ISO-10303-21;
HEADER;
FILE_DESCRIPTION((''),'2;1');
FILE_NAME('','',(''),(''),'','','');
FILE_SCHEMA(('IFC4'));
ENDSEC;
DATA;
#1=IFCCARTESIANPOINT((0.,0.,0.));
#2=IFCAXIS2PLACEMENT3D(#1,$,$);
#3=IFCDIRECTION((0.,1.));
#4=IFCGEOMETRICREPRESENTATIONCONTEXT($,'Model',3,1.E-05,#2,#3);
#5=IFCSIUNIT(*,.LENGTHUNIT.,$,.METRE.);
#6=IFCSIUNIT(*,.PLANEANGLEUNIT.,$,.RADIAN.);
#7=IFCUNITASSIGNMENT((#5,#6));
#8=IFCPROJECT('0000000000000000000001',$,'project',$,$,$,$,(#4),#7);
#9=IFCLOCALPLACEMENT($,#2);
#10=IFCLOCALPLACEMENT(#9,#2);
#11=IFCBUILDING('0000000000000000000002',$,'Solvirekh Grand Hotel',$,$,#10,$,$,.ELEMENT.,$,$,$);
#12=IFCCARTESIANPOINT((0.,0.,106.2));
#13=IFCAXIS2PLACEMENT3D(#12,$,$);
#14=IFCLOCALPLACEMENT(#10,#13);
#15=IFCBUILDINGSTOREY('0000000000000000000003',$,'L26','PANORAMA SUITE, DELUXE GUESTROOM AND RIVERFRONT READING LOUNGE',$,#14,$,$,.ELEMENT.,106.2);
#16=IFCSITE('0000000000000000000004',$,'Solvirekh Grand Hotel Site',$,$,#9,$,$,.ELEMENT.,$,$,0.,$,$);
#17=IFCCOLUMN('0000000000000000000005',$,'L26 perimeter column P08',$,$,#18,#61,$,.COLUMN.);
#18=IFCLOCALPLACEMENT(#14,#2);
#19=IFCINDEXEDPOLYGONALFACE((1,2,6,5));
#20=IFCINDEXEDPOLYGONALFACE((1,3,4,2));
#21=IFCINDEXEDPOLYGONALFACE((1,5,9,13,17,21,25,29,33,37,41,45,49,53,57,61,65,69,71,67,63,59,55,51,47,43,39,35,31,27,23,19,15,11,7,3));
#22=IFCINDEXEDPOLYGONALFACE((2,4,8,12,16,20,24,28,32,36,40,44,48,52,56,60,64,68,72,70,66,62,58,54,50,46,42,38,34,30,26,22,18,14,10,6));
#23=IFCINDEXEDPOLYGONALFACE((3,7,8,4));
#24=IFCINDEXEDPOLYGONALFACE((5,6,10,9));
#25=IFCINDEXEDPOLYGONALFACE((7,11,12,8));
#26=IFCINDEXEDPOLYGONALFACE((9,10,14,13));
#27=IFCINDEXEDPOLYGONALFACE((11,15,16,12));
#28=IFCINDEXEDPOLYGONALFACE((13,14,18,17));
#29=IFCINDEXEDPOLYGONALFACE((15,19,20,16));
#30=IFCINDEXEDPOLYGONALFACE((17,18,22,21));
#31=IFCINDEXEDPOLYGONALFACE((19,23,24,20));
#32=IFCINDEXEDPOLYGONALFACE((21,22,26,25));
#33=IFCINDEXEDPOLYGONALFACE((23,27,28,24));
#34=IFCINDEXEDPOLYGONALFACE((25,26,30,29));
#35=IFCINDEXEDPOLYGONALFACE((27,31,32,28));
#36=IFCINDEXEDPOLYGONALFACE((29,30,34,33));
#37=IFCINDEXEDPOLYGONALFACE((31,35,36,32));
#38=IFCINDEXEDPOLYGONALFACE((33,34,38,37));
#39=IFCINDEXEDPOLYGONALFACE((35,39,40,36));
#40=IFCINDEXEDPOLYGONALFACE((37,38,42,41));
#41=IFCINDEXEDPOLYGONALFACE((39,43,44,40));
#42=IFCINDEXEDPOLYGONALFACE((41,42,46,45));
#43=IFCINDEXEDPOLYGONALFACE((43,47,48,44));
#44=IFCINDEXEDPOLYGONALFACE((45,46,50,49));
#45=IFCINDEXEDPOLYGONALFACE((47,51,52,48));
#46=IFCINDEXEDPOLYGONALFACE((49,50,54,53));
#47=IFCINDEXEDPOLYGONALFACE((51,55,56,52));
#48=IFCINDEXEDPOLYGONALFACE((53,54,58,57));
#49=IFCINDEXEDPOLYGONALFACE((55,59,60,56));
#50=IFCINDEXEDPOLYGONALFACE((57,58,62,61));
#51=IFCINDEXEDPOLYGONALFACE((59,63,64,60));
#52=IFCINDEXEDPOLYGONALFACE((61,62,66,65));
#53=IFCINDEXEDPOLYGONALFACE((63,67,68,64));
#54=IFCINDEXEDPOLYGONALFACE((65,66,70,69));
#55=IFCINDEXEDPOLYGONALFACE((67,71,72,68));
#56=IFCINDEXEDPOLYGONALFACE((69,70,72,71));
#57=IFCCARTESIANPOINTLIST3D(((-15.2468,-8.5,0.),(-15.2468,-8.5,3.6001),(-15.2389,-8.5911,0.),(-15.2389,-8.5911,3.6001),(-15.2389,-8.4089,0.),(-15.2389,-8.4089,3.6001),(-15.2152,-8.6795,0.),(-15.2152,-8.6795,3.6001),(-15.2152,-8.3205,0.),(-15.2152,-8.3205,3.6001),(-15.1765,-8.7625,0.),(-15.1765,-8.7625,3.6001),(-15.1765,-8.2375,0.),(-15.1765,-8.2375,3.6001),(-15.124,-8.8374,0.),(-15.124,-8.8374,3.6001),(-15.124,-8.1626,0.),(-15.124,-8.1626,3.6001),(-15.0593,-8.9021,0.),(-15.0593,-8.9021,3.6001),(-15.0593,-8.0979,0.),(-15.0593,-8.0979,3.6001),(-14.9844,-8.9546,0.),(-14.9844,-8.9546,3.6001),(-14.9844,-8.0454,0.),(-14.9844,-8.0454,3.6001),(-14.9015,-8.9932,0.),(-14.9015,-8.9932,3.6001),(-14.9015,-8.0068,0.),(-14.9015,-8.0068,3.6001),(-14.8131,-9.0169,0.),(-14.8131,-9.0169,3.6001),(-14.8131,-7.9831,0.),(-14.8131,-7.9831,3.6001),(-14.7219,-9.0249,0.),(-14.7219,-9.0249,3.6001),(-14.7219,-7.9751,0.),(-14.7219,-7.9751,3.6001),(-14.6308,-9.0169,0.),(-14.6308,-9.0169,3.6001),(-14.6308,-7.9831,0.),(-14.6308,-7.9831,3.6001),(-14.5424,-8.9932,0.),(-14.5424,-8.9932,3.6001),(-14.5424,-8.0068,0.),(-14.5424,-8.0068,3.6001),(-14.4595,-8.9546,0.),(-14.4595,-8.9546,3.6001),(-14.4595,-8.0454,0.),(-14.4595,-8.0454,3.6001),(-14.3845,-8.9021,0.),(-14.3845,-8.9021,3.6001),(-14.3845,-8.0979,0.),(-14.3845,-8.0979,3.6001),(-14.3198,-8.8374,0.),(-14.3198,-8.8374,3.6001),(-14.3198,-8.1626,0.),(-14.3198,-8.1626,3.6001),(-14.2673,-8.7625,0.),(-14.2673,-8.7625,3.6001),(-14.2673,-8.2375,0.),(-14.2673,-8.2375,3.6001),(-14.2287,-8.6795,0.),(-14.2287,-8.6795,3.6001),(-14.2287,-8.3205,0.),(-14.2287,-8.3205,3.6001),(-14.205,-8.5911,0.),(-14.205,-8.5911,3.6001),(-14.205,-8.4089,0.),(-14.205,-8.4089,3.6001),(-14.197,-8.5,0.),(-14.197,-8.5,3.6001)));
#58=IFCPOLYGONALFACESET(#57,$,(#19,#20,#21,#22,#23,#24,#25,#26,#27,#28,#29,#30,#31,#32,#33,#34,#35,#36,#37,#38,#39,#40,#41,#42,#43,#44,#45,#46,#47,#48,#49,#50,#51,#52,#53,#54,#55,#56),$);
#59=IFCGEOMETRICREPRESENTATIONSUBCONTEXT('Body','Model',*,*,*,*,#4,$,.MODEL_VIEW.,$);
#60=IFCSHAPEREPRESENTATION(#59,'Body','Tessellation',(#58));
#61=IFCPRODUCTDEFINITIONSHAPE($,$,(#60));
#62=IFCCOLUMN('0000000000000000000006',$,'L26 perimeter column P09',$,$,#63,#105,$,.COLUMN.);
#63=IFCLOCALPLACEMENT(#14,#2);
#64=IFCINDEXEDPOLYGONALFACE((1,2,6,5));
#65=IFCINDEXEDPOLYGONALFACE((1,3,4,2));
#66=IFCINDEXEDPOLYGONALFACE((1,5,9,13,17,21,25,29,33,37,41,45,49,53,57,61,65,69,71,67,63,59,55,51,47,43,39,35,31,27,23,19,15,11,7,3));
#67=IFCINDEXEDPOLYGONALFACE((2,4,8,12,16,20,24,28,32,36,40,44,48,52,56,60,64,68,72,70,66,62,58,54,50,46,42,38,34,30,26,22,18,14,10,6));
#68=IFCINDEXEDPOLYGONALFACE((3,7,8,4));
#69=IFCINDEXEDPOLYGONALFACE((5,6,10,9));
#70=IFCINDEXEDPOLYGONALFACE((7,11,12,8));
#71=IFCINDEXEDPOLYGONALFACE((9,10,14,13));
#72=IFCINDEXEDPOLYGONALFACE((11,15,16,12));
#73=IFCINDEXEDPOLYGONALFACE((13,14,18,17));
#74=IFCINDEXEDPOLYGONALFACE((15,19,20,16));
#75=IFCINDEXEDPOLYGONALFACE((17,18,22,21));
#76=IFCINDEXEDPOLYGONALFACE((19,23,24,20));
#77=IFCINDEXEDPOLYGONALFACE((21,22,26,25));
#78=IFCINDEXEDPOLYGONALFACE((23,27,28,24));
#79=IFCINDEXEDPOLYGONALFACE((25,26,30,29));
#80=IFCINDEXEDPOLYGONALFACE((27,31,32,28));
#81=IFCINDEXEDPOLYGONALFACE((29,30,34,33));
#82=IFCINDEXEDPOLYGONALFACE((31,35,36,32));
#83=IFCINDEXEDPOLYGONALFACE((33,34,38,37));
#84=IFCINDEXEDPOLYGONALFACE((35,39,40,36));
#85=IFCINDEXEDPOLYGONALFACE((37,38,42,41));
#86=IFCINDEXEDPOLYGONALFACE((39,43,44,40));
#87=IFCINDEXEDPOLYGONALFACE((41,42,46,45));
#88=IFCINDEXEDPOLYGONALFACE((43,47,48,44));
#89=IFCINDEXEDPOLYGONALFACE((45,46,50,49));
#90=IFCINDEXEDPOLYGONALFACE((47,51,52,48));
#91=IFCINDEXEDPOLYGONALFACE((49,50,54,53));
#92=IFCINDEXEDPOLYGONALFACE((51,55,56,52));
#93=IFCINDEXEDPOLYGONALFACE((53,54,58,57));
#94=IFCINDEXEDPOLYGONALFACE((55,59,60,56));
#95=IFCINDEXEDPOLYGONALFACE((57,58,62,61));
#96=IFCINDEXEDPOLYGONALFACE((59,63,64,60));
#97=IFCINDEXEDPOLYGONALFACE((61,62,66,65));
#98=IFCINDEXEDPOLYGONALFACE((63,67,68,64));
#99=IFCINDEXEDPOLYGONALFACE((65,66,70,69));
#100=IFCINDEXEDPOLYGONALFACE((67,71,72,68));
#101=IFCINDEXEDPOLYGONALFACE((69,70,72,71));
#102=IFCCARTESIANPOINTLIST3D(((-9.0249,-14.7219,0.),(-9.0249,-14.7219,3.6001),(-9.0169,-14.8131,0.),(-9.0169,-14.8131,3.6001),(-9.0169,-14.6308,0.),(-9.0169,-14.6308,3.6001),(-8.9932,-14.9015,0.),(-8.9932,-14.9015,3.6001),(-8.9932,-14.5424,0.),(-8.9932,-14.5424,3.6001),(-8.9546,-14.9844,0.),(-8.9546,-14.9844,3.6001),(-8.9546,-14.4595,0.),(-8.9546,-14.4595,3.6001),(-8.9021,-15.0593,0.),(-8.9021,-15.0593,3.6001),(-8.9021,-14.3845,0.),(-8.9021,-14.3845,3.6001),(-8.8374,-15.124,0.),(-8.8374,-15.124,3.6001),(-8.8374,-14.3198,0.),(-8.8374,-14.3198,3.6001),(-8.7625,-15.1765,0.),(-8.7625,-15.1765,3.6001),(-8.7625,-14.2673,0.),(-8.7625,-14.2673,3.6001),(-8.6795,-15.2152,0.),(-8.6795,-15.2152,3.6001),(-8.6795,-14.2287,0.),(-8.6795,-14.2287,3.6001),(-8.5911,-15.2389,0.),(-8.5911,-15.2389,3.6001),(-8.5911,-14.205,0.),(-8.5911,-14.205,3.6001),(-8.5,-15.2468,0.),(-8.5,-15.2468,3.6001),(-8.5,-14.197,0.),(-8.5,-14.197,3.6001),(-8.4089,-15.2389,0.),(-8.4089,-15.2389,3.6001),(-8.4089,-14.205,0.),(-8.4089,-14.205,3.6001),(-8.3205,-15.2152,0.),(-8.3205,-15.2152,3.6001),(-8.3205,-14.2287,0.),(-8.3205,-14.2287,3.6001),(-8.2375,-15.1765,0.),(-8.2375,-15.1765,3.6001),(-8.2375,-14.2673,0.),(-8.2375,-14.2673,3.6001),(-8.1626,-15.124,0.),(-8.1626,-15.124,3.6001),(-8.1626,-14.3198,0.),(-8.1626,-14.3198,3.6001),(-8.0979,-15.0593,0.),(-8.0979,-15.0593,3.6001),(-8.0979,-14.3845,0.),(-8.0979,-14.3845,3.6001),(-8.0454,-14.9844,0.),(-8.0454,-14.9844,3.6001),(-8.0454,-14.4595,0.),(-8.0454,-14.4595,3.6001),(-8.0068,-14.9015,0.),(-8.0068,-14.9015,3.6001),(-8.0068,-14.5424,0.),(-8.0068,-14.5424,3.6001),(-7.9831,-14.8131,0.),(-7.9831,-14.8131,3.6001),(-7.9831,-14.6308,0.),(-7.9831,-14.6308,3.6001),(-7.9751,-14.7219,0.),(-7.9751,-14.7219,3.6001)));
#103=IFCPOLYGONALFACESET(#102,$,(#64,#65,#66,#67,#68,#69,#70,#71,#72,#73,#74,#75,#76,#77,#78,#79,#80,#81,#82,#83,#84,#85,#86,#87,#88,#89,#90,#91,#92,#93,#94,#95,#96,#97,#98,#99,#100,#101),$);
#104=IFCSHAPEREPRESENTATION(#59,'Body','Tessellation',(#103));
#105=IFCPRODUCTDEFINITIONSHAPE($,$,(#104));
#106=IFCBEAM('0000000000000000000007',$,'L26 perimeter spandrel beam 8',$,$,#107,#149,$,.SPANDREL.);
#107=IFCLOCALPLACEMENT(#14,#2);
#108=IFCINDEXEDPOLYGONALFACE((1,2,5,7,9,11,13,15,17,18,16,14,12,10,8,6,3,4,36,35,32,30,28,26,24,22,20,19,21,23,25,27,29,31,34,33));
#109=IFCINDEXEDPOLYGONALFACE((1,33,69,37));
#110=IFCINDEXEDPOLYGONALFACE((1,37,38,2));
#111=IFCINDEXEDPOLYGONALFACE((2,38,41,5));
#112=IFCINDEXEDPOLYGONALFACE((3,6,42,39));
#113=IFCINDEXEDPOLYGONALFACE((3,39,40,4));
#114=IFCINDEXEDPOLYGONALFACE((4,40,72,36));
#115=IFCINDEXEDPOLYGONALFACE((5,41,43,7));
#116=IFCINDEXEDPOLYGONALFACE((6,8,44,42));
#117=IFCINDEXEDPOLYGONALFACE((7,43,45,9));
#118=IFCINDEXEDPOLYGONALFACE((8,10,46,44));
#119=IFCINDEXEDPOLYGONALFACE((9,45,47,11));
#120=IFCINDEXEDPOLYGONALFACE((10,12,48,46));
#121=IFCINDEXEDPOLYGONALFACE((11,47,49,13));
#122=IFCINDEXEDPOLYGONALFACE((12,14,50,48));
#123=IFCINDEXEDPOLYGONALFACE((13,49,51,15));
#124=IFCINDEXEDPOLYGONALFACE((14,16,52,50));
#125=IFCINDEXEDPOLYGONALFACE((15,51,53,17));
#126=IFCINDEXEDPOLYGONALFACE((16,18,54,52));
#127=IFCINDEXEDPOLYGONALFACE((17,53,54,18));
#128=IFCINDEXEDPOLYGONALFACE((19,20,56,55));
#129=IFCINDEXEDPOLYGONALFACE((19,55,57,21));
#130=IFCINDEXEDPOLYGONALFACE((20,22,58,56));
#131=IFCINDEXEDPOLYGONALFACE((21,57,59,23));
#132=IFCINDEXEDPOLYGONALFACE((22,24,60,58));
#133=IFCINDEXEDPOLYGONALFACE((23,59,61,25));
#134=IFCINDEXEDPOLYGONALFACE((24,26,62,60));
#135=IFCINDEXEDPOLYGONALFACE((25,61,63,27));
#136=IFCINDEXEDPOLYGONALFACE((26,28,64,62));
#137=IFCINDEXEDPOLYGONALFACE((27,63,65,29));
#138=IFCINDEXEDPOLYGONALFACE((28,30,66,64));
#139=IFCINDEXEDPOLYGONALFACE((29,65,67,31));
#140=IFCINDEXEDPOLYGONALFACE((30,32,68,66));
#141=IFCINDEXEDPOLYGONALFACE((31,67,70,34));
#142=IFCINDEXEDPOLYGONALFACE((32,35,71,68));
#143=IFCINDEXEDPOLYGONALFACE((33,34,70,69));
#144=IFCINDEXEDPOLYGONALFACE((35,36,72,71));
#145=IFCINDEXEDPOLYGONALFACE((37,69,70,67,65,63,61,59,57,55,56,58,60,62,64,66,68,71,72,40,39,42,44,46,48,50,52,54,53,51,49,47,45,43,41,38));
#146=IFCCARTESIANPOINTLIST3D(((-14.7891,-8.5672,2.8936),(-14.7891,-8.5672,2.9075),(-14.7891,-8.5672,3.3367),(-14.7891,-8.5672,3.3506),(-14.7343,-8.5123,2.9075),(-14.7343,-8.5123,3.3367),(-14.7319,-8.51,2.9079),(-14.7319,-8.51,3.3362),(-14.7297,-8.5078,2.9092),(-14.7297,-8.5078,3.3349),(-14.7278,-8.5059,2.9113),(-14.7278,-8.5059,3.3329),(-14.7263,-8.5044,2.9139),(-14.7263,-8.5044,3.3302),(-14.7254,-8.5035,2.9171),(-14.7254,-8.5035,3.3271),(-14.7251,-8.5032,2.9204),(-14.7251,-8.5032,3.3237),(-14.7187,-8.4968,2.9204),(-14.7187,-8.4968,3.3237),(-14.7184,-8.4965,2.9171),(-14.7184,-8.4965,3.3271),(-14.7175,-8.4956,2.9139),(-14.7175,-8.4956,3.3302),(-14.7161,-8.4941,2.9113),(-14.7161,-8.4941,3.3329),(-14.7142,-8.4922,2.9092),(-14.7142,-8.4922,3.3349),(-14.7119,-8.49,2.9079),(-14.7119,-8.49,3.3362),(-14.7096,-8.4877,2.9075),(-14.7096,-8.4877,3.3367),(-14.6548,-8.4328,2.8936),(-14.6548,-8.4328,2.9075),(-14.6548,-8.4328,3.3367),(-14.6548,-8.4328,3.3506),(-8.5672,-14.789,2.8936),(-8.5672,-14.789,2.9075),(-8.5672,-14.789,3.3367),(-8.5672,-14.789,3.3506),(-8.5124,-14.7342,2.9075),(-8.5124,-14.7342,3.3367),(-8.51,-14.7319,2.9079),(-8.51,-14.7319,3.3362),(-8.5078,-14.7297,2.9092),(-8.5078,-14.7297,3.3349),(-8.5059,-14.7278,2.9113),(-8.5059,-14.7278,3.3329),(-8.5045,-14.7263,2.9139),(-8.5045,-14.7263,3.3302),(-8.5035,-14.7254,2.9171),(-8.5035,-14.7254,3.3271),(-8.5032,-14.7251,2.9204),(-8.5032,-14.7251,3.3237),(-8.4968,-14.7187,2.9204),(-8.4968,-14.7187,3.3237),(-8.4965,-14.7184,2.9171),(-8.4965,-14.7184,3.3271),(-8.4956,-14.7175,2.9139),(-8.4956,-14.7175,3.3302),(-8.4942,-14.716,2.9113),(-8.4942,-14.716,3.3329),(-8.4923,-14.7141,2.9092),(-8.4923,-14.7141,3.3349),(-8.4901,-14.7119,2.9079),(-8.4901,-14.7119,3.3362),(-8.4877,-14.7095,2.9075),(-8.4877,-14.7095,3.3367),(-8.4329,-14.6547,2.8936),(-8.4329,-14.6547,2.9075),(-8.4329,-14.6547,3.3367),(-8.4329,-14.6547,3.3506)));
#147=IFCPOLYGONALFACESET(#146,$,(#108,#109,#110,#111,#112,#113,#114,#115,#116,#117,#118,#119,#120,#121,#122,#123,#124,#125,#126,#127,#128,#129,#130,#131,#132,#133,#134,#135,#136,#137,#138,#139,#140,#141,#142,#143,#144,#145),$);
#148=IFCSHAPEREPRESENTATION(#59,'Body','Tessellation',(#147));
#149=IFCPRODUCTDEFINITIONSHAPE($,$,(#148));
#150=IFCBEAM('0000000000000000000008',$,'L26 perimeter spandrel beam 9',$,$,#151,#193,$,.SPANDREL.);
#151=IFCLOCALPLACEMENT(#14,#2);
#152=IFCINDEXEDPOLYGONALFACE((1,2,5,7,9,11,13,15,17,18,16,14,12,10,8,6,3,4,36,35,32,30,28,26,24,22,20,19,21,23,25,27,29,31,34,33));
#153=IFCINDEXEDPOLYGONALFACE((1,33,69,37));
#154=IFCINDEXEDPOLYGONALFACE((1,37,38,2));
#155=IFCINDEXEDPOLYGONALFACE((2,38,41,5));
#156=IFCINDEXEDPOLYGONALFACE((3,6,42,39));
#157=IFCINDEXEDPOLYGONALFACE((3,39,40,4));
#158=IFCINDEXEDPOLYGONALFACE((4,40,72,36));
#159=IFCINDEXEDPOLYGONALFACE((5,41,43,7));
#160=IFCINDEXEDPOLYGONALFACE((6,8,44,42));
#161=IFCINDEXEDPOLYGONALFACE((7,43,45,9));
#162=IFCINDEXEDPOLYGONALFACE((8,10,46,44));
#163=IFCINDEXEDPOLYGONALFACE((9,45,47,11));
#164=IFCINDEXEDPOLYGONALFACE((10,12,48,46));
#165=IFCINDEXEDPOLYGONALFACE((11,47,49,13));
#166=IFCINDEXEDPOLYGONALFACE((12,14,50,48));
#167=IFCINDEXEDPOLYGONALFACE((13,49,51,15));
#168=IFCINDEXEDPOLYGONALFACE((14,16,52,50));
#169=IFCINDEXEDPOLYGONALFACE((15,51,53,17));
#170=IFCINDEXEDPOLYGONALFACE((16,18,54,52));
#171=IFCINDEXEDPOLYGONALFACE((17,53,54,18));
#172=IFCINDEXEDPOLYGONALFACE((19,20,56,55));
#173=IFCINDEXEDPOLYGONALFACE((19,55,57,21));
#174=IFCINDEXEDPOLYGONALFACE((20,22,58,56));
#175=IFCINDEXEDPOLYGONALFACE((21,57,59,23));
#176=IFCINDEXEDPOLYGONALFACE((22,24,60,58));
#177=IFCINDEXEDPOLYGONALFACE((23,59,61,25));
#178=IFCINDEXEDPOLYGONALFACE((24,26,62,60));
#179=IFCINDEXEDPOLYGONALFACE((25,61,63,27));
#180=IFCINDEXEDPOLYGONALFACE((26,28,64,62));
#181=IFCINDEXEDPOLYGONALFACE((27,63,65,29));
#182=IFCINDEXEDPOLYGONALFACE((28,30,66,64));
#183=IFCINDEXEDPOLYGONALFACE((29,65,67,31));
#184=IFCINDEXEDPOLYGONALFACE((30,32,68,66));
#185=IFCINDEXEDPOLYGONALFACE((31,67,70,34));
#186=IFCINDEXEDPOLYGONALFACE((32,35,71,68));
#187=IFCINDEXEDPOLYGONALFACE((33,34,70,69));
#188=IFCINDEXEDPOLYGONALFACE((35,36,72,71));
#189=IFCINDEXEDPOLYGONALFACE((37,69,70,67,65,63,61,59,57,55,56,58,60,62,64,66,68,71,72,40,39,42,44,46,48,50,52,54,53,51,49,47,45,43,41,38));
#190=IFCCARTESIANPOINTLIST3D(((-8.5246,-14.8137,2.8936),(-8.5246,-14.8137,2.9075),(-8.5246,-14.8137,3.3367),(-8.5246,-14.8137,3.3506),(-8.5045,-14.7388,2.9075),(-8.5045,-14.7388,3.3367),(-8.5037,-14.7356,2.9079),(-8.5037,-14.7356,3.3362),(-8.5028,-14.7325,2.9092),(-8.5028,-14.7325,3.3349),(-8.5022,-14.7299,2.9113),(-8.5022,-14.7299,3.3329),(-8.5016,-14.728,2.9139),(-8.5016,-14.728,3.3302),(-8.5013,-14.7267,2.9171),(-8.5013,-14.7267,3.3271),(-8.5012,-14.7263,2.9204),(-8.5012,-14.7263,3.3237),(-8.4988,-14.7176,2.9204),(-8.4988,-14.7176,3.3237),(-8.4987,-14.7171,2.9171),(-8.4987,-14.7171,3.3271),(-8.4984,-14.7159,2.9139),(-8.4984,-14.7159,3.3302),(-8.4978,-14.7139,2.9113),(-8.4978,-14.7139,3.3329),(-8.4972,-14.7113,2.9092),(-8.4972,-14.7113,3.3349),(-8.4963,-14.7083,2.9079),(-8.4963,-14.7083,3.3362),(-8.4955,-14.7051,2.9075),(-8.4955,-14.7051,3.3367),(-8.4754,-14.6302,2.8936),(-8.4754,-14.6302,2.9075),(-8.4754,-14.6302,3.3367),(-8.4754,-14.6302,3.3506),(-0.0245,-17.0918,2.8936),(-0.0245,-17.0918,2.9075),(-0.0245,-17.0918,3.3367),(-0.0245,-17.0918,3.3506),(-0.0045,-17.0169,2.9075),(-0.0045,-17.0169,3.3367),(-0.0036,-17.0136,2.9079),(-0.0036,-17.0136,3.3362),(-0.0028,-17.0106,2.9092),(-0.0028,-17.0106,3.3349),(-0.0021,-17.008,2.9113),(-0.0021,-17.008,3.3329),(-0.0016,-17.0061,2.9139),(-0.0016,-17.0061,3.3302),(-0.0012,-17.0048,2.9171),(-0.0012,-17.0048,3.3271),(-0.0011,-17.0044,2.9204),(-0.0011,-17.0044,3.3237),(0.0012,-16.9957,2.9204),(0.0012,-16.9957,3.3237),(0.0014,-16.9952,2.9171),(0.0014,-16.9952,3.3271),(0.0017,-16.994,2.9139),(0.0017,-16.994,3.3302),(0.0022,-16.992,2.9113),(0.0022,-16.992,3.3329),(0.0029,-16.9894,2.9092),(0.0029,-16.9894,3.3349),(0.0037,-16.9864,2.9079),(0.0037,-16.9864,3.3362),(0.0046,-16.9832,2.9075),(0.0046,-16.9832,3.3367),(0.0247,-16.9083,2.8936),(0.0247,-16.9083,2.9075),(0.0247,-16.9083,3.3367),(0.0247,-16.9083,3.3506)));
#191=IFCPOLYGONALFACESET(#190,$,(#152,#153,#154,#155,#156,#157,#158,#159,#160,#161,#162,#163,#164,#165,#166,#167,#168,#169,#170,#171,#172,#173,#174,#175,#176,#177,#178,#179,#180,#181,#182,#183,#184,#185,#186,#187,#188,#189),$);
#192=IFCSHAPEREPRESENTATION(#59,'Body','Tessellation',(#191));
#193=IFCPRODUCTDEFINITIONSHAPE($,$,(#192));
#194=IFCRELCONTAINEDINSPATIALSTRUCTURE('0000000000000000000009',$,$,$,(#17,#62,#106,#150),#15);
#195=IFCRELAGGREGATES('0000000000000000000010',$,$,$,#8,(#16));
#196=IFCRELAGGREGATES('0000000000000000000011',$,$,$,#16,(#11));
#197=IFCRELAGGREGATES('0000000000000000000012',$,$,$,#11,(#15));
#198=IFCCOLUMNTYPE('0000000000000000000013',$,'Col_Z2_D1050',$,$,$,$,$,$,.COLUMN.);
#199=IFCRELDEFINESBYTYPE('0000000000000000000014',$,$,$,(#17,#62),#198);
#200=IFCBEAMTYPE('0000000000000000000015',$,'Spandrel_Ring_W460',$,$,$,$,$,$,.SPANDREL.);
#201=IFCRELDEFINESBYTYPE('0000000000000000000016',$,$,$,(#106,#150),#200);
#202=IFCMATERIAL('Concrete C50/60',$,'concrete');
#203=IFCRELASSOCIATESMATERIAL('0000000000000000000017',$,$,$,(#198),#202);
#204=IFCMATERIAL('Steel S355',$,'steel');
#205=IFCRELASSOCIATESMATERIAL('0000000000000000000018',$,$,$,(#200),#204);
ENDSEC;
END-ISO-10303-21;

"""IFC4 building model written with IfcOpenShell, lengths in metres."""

from ifc_helpers import new_model, si_unit, direction, frame, origin, origin_2d, place, context, subcontext, project, spatial, circle, i_section, extrude, material, material_profile, profile_set, type_object, element, save


model = new_model("IFC4")

# Units and contexts
model_context = context("Model", 3, precision=1e-05, world=origin(), true_north=direction((0.0, 1.0)))
body_context = subcontext(model_context, "Body", "Model", "MODEL_VIEW")
ifc_project = project(units=[si_unit("LENGTHUNIT", "METRE"), si_unit("PLANEANGLEUNIT", "RADIAN")], contexts=[model_context])

# Site, building, storey
site_placement = place(None, origin())
site = spatial("IfcSite", under=ifc_project, at=site_placement, Name="Solvirekh Grand Hotel Site", CompositionType="ELEMENT", RefElevation=0.0)
building_placement = place(site_placement, origin())
building = spatial("IfcBuilding", under=site, at=building_placement, Name="Solvirekh Grand Hotel", CompositionType="ELEMENT")
storey_placement = place(building_placement, frame((0.0, 0.0, 106.2)))
storey = spatial("IfcBuildingStorey", under=building, at=storey_placement, Name="L26", Description="PANORAMA SUITE, DELUXE GUESTROOM AND RIVERFRONT READING LOUNGE", CompositionType="ELEMENT", Elevation=106.2)

# Columns
ifc_material_1 = material(Name="Concrete C50/60", Category="concrete")
ifc_material_profile_1 = material_profile(ifc_material_1, circle(Radius=0.5249, at=origin_2d()), Name="RC CIRC D1050")
ifc_profile_set_1 = profile_set([ifc_material_profile_1], Name="Concrete C50/60")
column_type = type_object("IfcColumnType", Name="Col_Z2_D1050", PredefinedType="COLUMN", material=ifc_profile_set_1)
for number, where, z_axis, x_axis, name in (
    (1, (-14.7219, -8.5, 0.0), (0.0, 0.0, 1.0), (1.0, 0.0, 0.0), "L26 perimeter column P08"),
    (2, (-8.5, -14.7219, 0.0), (0.0, 0.0, 1.0), (1.0, 0.0, 0.0), "L26 perimeter column P09"),
):
    element("IfcColumn", number, at=place(storey_placement, frame(where, z_axis=z_axis, x_axis=x_axis)), inside=storey, type_object=column_type, Name=name, PredefinedType="COLUMN", context=body_context, shape_type="SweptSolid", body=[
        extrude(circle(Radius=0.5249, at=origin_2d()), origin(), (0.0, 0.0, 1.0), 3.6001),
    ])

# Beams
ifc_material_2 = material(Name="Steel S355", Category="steel")
ifc_material_profile_2 = material_profile(ifc_material_2, i_section(OverallWidth=0.1899, OverallDepth=0.457, WebThickness=0.009, FlangeThickness=0.0139, FilletRadius=0.0129, at=origin_2d()), Name="W460X74")
ifc_profile_set_2 = profile_set([ifc_material_profile_2], Name="Steel S355")
beam_type = type_object("IfcBeamType", Name="Spandrel_Ring_W460", PredefinedType="SPANDREL", material=ifc_profile_set_2)
beam_1_placement = place(storey_placement, frame((-14.7219, -8.5, 3.1221), z_axis=(0.707107, -0.707107, 0.0), x_axis=(0.707107, 0.707107, 0.0)))
element("IfcBeam", 3, at=beam_1_placement, inside=storey, type_object=beam_type, Name="L26 perimeter spandrel beam 8", PredefinedType="SPANDREL", context=body_context, shape_type="SweptSolid", body=[
    extrude(i_section(OverallWidth=0.1899, OverallDepth=0.457, WebThickness=0.009, FlangeThickness=0.0139, FilletRadius=0.0129, at=origin_2d()), origin(), (0.0, 0.0, 1.0), 8.7991),
])
beam_2_placement = place(storey_placement, frame((-8.5, -14.7219, 3.1221), z_axis=(0.965911, -0.258873, 0.0), x_axis=(0.258873, 0.965911, 0.0)))
element("IfcBeam", 4, at=beam_2_placement, inside=storey, type_object=beam_type, Name="L26 perimeter spandrel beam 9", PredefinedType="SPANDREL", context=body_context, shape_type="SweptSolid", body=[
    extrude(i_section(OverallWidth=0.1899, OverallDepth=0.457, WebThickness=0.009, FlangeThickness=0.0139, FilletRadius=0.0129, at=origin_2d()), origin(), (0.0, 0.0, 1.0), 8.8),
])

save(model, "model.ifc")
